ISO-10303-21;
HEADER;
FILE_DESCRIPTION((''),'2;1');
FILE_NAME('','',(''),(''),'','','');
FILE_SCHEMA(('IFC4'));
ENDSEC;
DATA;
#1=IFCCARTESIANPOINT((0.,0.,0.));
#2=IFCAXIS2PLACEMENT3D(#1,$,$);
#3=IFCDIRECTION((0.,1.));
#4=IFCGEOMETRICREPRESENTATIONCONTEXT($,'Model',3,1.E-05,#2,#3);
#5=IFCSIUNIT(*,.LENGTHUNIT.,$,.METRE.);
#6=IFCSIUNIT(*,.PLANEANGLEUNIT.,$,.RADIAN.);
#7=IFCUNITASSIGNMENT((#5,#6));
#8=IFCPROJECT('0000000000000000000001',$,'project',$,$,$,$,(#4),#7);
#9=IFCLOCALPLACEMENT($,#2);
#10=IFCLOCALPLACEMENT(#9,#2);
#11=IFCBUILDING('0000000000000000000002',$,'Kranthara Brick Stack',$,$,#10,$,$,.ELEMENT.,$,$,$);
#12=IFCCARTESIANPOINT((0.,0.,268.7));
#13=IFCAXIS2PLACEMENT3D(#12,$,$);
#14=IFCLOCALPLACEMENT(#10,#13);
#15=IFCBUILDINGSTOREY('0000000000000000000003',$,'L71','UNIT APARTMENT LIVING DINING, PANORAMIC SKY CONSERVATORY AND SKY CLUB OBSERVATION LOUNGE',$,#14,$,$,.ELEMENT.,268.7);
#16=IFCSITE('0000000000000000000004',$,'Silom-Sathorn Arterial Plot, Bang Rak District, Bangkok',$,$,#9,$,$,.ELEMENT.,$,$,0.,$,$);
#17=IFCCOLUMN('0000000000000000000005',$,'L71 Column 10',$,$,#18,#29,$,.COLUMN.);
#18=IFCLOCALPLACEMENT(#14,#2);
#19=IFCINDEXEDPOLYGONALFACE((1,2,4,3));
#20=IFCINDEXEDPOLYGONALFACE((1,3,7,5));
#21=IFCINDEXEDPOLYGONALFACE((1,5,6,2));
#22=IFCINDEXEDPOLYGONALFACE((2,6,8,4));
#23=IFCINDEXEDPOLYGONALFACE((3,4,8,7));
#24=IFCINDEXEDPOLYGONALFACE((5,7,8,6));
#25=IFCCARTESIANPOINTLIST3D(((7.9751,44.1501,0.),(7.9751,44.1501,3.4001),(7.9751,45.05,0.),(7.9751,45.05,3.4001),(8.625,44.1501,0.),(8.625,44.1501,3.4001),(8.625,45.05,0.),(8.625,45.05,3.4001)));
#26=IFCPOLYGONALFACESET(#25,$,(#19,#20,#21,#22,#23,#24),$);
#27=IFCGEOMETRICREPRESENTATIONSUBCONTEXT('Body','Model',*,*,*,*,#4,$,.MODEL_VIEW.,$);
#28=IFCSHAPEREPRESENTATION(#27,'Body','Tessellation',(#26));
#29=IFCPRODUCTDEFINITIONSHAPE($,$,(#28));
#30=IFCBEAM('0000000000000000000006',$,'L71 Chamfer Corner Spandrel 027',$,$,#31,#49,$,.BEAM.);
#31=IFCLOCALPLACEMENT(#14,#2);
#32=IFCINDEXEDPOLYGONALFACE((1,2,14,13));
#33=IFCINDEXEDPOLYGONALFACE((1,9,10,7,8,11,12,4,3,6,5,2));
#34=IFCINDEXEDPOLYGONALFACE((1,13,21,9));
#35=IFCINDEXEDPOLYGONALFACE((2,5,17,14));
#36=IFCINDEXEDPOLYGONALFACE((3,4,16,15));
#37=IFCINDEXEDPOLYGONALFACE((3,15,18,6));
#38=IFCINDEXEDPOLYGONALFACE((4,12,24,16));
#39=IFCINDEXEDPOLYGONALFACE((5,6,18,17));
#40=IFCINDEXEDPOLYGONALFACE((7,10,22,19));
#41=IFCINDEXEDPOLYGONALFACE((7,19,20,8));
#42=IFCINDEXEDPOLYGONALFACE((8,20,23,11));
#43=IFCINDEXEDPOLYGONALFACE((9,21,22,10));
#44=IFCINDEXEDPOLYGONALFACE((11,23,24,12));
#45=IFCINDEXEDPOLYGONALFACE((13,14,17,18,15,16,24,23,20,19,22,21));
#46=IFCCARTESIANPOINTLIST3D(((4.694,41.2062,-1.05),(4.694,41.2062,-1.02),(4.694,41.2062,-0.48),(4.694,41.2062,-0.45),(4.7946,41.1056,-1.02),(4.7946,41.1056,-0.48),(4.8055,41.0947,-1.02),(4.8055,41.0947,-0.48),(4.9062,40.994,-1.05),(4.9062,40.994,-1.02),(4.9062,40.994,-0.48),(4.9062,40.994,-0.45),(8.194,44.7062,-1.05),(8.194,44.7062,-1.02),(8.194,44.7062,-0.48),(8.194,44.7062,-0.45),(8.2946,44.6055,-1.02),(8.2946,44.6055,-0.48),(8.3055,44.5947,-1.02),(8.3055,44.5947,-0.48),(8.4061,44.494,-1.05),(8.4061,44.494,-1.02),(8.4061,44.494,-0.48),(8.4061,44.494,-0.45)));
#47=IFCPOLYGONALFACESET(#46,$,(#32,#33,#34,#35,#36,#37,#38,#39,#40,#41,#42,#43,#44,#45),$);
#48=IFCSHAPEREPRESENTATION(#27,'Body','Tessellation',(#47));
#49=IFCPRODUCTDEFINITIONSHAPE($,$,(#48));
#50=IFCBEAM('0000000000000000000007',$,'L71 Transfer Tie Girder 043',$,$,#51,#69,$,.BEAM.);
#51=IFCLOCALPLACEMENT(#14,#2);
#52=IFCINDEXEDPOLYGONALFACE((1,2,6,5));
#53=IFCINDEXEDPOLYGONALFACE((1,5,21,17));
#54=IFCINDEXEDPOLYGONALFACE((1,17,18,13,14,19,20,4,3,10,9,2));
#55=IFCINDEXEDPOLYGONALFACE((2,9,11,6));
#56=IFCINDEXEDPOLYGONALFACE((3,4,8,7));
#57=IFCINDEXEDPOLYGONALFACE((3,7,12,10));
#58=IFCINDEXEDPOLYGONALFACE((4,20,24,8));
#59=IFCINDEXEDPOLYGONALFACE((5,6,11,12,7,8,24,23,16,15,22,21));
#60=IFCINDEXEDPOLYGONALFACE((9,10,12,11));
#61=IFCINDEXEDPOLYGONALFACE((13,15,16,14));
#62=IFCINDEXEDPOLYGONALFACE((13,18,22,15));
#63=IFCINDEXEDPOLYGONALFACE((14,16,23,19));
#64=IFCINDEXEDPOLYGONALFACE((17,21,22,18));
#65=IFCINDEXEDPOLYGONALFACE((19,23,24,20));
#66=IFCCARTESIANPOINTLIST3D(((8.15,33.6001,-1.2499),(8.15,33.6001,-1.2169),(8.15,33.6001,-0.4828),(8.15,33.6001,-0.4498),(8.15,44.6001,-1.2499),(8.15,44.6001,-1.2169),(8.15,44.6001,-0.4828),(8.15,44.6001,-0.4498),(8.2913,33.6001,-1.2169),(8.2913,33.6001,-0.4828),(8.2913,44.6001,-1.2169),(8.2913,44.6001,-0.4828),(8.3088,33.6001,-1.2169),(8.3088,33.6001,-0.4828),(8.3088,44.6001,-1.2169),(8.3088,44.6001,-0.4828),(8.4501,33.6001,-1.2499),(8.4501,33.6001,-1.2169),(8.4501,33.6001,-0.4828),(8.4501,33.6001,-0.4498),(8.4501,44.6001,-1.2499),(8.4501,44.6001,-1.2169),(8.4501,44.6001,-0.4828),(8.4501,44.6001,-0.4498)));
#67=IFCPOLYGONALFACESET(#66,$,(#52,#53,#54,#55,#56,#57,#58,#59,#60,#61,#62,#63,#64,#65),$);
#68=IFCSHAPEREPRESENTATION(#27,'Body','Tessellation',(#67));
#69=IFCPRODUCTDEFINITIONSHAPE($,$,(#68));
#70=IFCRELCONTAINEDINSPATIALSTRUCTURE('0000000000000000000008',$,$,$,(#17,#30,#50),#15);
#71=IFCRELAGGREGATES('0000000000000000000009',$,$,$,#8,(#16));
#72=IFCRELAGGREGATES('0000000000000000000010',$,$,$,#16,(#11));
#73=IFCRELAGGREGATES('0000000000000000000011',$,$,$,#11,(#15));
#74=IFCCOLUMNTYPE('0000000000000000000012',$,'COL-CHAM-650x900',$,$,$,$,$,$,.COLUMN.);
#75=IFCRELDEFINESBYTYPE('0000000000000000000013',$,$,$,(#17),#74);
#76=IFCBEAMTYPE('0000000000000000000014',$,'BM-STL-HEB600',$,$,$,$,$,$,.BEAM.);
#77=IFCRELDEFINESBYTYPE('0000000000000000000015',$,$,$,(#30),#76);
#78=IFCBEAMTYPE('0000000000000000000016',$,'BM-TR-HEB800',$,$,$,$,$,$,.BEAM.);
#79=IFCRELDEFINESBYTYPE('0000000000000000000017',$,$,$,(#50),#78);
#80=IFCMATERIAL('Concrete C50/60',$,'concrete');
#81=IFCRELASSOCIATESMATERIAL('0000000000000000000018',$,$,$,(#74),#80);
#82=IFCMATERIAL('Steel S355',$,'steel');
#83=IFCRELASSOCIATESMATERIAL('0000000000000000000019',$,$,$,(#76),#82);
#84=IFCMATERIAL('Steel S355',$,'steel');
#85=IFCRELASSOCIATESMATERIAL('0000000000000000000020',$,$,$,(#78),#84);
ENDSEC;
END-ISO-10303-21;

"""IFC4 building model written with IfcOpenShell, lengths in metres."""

from ifc_helpers import new_model, si_unit, direction, frame, origin, origin_2d, place, context, subcontext, project, spatial, rectangle, i_section, extrude, material, material_profile, profile_set, type_object, element, save


model = new_model("IFC4")

# Units and contexts
model_context = context("Model", 3, precision=1e-05, world=origin(), true_north=direction((0.0, 1.0)))
body_context = subcontext(model_context, "Body", "Model", "MODEL_VIEW")
ifc_project = project(units=[si_unit("LENGTHUNIT", "METRE"), si_unit("PLANEANGLEUNIT", "RADIAN")], contexts=[model_context])

# Site, building, storey
site_placement = place(None, origin())
site = spatial("IfcSite", under=ifc_project, at=site_placement, Name="Silom-Sathorn Arterial Plot, Bang Rak District, Bangkok", CompositionType="ELEMENT", RefElevation=0.0)
building_placement = place(site_placement, origin())
building = spatial("IfcBuilding", under=site, at=building_placement, Name="Kranthara Brick Stack", CompositionType="ELEMENT")
storey_placement = place(building_placement, frame((0.0, 0.0, 268.7)))
storey = spatial("IfcBuildingStorey", under=building, at=storey_placement, Name="L71", Description="UNIT APARTMENT LIVING DINING, PANORAMIC SKY CONSERVATORY AND SKY CLUB OBSERVATION LOUNGE", CompositionType="ELEMENT", Elevation=268.7)

# Column
ifc_material_1 = material(Name="Concrete C50/60", Category="concrete")
ifc_material_profile_1 = material_profile(ifc_material_1, rectangle(XDim=0.6499, YDim=0.8999, at=origin_2d()), Name="RC 650x900")
ifc_profile_set_1 = profile_set([ifc_material_profile_1], Name="Concrete C50/60")
column_type = type_object("IfcColumnType", Name="COL-CHAM-650x900", PredefinedType="COLUMN", material=ifc_profile_set_1)
column_placement = place(storey_placement, frame((8.3, 44.6001, 0.0), z_axis=(0.0, 0.0, 1.0), x_axis=(1.0, 0.0, 0.0)))
element("IfcColumn", 1, at=column_placement, inside=storey, type_object=column_type, Name="L71 Column 10", PredefinedType="COLUMN", context=body_context, shape_type="SweptSolid", body=[
    extrude(rectangle(XDim=0.6499, YDim=0.8999, at=origin_2d()), origin(), (0.0, 0.0, 1.0), 3.4001),
])

# Beams
ifc_material_2 = material(Name="Steel S355", Category="steel")
ifc_material_profile_2 = material_profile(ifc_material_2, i_section(OverallWidth=0.3, OverallDepth=0.6001, WebThickness=0.0154, FlangeThickness=0.03, at=origin_2d()), Name="HEB 600")
ifc_profile_set_2 = profile_set([ifc_material_profile_2], Name="Steel S355")
beam_type_1 = type_object("IfcBeamType", Name="BM-STL-HEB600", PredefinedType="BEAM", material=ifc_profile_set_2)
beam_1_placement = place(storey_placement, frame((8.3, 44.6001, -0.75), z_axis=(-0.707107, -0.707107, 0.0), x_axis=(0.707107, -0.707107, 0.0)))
element("IfcBeam", 2, at=beam_1_placement, inside=storey, type_object=beam_type_1, Name="L71 Chamfer Corner Spandrel 027", PredefinedType="BEAM", context=body_context, shape_type="SweptSolid", body=[
    extrude(i_section(OverallWidth=0.3, OverallDepth=0.6001, WebThickness=0.0154, FlangeThickness=0.03, at=origin_2d()), origin(), (0.0, 0.0, 1.0), 4.9497),
])
ifc_material_3 = material(Name="Steel S355", Category="steel")
ifc_material_profile_3 = material_profile(ifc_material_3, i_section(OverallWidth=0.3, OverallDepth=0.8, WebThickness=0.0176, FlangeThickness=0.033, at=origin_2d()), Name="HEB 800")
ifc_profile_set_3 = profile_set([ifc_material_profile_3], Name="Steel S355")
beam_type_2 = type_object("IfcBeamType", Name="BM-TR-HEB800", PredefinedType="BEAM", material=ifc_profile_set_3)
beam_2_placement = place(storey_placement, frame((8.3, 44.6001, -0.8499), z_axis=(0.0, -1.0, 0.0), x_axis=(1.0, 0.0, 0.0)))
element("IfcBeam", 3, at=beam_2_placement, inside=storey, type_object=beam_type_2, Name="L71 Transfer Tie Girder 043", PredefinedType="BEAM", context=body_context, shape_type="SweptSolid", body=[
    extrude(i_section(OverallWidth=0.3, OverallDepth=0.8, WebThickness=0.0176, FlangeThickness=0.033, at=origin_2d()), origin(), (0.0, 0.0, 1.0), 11.0),
])

save(model, "model.ifc")
